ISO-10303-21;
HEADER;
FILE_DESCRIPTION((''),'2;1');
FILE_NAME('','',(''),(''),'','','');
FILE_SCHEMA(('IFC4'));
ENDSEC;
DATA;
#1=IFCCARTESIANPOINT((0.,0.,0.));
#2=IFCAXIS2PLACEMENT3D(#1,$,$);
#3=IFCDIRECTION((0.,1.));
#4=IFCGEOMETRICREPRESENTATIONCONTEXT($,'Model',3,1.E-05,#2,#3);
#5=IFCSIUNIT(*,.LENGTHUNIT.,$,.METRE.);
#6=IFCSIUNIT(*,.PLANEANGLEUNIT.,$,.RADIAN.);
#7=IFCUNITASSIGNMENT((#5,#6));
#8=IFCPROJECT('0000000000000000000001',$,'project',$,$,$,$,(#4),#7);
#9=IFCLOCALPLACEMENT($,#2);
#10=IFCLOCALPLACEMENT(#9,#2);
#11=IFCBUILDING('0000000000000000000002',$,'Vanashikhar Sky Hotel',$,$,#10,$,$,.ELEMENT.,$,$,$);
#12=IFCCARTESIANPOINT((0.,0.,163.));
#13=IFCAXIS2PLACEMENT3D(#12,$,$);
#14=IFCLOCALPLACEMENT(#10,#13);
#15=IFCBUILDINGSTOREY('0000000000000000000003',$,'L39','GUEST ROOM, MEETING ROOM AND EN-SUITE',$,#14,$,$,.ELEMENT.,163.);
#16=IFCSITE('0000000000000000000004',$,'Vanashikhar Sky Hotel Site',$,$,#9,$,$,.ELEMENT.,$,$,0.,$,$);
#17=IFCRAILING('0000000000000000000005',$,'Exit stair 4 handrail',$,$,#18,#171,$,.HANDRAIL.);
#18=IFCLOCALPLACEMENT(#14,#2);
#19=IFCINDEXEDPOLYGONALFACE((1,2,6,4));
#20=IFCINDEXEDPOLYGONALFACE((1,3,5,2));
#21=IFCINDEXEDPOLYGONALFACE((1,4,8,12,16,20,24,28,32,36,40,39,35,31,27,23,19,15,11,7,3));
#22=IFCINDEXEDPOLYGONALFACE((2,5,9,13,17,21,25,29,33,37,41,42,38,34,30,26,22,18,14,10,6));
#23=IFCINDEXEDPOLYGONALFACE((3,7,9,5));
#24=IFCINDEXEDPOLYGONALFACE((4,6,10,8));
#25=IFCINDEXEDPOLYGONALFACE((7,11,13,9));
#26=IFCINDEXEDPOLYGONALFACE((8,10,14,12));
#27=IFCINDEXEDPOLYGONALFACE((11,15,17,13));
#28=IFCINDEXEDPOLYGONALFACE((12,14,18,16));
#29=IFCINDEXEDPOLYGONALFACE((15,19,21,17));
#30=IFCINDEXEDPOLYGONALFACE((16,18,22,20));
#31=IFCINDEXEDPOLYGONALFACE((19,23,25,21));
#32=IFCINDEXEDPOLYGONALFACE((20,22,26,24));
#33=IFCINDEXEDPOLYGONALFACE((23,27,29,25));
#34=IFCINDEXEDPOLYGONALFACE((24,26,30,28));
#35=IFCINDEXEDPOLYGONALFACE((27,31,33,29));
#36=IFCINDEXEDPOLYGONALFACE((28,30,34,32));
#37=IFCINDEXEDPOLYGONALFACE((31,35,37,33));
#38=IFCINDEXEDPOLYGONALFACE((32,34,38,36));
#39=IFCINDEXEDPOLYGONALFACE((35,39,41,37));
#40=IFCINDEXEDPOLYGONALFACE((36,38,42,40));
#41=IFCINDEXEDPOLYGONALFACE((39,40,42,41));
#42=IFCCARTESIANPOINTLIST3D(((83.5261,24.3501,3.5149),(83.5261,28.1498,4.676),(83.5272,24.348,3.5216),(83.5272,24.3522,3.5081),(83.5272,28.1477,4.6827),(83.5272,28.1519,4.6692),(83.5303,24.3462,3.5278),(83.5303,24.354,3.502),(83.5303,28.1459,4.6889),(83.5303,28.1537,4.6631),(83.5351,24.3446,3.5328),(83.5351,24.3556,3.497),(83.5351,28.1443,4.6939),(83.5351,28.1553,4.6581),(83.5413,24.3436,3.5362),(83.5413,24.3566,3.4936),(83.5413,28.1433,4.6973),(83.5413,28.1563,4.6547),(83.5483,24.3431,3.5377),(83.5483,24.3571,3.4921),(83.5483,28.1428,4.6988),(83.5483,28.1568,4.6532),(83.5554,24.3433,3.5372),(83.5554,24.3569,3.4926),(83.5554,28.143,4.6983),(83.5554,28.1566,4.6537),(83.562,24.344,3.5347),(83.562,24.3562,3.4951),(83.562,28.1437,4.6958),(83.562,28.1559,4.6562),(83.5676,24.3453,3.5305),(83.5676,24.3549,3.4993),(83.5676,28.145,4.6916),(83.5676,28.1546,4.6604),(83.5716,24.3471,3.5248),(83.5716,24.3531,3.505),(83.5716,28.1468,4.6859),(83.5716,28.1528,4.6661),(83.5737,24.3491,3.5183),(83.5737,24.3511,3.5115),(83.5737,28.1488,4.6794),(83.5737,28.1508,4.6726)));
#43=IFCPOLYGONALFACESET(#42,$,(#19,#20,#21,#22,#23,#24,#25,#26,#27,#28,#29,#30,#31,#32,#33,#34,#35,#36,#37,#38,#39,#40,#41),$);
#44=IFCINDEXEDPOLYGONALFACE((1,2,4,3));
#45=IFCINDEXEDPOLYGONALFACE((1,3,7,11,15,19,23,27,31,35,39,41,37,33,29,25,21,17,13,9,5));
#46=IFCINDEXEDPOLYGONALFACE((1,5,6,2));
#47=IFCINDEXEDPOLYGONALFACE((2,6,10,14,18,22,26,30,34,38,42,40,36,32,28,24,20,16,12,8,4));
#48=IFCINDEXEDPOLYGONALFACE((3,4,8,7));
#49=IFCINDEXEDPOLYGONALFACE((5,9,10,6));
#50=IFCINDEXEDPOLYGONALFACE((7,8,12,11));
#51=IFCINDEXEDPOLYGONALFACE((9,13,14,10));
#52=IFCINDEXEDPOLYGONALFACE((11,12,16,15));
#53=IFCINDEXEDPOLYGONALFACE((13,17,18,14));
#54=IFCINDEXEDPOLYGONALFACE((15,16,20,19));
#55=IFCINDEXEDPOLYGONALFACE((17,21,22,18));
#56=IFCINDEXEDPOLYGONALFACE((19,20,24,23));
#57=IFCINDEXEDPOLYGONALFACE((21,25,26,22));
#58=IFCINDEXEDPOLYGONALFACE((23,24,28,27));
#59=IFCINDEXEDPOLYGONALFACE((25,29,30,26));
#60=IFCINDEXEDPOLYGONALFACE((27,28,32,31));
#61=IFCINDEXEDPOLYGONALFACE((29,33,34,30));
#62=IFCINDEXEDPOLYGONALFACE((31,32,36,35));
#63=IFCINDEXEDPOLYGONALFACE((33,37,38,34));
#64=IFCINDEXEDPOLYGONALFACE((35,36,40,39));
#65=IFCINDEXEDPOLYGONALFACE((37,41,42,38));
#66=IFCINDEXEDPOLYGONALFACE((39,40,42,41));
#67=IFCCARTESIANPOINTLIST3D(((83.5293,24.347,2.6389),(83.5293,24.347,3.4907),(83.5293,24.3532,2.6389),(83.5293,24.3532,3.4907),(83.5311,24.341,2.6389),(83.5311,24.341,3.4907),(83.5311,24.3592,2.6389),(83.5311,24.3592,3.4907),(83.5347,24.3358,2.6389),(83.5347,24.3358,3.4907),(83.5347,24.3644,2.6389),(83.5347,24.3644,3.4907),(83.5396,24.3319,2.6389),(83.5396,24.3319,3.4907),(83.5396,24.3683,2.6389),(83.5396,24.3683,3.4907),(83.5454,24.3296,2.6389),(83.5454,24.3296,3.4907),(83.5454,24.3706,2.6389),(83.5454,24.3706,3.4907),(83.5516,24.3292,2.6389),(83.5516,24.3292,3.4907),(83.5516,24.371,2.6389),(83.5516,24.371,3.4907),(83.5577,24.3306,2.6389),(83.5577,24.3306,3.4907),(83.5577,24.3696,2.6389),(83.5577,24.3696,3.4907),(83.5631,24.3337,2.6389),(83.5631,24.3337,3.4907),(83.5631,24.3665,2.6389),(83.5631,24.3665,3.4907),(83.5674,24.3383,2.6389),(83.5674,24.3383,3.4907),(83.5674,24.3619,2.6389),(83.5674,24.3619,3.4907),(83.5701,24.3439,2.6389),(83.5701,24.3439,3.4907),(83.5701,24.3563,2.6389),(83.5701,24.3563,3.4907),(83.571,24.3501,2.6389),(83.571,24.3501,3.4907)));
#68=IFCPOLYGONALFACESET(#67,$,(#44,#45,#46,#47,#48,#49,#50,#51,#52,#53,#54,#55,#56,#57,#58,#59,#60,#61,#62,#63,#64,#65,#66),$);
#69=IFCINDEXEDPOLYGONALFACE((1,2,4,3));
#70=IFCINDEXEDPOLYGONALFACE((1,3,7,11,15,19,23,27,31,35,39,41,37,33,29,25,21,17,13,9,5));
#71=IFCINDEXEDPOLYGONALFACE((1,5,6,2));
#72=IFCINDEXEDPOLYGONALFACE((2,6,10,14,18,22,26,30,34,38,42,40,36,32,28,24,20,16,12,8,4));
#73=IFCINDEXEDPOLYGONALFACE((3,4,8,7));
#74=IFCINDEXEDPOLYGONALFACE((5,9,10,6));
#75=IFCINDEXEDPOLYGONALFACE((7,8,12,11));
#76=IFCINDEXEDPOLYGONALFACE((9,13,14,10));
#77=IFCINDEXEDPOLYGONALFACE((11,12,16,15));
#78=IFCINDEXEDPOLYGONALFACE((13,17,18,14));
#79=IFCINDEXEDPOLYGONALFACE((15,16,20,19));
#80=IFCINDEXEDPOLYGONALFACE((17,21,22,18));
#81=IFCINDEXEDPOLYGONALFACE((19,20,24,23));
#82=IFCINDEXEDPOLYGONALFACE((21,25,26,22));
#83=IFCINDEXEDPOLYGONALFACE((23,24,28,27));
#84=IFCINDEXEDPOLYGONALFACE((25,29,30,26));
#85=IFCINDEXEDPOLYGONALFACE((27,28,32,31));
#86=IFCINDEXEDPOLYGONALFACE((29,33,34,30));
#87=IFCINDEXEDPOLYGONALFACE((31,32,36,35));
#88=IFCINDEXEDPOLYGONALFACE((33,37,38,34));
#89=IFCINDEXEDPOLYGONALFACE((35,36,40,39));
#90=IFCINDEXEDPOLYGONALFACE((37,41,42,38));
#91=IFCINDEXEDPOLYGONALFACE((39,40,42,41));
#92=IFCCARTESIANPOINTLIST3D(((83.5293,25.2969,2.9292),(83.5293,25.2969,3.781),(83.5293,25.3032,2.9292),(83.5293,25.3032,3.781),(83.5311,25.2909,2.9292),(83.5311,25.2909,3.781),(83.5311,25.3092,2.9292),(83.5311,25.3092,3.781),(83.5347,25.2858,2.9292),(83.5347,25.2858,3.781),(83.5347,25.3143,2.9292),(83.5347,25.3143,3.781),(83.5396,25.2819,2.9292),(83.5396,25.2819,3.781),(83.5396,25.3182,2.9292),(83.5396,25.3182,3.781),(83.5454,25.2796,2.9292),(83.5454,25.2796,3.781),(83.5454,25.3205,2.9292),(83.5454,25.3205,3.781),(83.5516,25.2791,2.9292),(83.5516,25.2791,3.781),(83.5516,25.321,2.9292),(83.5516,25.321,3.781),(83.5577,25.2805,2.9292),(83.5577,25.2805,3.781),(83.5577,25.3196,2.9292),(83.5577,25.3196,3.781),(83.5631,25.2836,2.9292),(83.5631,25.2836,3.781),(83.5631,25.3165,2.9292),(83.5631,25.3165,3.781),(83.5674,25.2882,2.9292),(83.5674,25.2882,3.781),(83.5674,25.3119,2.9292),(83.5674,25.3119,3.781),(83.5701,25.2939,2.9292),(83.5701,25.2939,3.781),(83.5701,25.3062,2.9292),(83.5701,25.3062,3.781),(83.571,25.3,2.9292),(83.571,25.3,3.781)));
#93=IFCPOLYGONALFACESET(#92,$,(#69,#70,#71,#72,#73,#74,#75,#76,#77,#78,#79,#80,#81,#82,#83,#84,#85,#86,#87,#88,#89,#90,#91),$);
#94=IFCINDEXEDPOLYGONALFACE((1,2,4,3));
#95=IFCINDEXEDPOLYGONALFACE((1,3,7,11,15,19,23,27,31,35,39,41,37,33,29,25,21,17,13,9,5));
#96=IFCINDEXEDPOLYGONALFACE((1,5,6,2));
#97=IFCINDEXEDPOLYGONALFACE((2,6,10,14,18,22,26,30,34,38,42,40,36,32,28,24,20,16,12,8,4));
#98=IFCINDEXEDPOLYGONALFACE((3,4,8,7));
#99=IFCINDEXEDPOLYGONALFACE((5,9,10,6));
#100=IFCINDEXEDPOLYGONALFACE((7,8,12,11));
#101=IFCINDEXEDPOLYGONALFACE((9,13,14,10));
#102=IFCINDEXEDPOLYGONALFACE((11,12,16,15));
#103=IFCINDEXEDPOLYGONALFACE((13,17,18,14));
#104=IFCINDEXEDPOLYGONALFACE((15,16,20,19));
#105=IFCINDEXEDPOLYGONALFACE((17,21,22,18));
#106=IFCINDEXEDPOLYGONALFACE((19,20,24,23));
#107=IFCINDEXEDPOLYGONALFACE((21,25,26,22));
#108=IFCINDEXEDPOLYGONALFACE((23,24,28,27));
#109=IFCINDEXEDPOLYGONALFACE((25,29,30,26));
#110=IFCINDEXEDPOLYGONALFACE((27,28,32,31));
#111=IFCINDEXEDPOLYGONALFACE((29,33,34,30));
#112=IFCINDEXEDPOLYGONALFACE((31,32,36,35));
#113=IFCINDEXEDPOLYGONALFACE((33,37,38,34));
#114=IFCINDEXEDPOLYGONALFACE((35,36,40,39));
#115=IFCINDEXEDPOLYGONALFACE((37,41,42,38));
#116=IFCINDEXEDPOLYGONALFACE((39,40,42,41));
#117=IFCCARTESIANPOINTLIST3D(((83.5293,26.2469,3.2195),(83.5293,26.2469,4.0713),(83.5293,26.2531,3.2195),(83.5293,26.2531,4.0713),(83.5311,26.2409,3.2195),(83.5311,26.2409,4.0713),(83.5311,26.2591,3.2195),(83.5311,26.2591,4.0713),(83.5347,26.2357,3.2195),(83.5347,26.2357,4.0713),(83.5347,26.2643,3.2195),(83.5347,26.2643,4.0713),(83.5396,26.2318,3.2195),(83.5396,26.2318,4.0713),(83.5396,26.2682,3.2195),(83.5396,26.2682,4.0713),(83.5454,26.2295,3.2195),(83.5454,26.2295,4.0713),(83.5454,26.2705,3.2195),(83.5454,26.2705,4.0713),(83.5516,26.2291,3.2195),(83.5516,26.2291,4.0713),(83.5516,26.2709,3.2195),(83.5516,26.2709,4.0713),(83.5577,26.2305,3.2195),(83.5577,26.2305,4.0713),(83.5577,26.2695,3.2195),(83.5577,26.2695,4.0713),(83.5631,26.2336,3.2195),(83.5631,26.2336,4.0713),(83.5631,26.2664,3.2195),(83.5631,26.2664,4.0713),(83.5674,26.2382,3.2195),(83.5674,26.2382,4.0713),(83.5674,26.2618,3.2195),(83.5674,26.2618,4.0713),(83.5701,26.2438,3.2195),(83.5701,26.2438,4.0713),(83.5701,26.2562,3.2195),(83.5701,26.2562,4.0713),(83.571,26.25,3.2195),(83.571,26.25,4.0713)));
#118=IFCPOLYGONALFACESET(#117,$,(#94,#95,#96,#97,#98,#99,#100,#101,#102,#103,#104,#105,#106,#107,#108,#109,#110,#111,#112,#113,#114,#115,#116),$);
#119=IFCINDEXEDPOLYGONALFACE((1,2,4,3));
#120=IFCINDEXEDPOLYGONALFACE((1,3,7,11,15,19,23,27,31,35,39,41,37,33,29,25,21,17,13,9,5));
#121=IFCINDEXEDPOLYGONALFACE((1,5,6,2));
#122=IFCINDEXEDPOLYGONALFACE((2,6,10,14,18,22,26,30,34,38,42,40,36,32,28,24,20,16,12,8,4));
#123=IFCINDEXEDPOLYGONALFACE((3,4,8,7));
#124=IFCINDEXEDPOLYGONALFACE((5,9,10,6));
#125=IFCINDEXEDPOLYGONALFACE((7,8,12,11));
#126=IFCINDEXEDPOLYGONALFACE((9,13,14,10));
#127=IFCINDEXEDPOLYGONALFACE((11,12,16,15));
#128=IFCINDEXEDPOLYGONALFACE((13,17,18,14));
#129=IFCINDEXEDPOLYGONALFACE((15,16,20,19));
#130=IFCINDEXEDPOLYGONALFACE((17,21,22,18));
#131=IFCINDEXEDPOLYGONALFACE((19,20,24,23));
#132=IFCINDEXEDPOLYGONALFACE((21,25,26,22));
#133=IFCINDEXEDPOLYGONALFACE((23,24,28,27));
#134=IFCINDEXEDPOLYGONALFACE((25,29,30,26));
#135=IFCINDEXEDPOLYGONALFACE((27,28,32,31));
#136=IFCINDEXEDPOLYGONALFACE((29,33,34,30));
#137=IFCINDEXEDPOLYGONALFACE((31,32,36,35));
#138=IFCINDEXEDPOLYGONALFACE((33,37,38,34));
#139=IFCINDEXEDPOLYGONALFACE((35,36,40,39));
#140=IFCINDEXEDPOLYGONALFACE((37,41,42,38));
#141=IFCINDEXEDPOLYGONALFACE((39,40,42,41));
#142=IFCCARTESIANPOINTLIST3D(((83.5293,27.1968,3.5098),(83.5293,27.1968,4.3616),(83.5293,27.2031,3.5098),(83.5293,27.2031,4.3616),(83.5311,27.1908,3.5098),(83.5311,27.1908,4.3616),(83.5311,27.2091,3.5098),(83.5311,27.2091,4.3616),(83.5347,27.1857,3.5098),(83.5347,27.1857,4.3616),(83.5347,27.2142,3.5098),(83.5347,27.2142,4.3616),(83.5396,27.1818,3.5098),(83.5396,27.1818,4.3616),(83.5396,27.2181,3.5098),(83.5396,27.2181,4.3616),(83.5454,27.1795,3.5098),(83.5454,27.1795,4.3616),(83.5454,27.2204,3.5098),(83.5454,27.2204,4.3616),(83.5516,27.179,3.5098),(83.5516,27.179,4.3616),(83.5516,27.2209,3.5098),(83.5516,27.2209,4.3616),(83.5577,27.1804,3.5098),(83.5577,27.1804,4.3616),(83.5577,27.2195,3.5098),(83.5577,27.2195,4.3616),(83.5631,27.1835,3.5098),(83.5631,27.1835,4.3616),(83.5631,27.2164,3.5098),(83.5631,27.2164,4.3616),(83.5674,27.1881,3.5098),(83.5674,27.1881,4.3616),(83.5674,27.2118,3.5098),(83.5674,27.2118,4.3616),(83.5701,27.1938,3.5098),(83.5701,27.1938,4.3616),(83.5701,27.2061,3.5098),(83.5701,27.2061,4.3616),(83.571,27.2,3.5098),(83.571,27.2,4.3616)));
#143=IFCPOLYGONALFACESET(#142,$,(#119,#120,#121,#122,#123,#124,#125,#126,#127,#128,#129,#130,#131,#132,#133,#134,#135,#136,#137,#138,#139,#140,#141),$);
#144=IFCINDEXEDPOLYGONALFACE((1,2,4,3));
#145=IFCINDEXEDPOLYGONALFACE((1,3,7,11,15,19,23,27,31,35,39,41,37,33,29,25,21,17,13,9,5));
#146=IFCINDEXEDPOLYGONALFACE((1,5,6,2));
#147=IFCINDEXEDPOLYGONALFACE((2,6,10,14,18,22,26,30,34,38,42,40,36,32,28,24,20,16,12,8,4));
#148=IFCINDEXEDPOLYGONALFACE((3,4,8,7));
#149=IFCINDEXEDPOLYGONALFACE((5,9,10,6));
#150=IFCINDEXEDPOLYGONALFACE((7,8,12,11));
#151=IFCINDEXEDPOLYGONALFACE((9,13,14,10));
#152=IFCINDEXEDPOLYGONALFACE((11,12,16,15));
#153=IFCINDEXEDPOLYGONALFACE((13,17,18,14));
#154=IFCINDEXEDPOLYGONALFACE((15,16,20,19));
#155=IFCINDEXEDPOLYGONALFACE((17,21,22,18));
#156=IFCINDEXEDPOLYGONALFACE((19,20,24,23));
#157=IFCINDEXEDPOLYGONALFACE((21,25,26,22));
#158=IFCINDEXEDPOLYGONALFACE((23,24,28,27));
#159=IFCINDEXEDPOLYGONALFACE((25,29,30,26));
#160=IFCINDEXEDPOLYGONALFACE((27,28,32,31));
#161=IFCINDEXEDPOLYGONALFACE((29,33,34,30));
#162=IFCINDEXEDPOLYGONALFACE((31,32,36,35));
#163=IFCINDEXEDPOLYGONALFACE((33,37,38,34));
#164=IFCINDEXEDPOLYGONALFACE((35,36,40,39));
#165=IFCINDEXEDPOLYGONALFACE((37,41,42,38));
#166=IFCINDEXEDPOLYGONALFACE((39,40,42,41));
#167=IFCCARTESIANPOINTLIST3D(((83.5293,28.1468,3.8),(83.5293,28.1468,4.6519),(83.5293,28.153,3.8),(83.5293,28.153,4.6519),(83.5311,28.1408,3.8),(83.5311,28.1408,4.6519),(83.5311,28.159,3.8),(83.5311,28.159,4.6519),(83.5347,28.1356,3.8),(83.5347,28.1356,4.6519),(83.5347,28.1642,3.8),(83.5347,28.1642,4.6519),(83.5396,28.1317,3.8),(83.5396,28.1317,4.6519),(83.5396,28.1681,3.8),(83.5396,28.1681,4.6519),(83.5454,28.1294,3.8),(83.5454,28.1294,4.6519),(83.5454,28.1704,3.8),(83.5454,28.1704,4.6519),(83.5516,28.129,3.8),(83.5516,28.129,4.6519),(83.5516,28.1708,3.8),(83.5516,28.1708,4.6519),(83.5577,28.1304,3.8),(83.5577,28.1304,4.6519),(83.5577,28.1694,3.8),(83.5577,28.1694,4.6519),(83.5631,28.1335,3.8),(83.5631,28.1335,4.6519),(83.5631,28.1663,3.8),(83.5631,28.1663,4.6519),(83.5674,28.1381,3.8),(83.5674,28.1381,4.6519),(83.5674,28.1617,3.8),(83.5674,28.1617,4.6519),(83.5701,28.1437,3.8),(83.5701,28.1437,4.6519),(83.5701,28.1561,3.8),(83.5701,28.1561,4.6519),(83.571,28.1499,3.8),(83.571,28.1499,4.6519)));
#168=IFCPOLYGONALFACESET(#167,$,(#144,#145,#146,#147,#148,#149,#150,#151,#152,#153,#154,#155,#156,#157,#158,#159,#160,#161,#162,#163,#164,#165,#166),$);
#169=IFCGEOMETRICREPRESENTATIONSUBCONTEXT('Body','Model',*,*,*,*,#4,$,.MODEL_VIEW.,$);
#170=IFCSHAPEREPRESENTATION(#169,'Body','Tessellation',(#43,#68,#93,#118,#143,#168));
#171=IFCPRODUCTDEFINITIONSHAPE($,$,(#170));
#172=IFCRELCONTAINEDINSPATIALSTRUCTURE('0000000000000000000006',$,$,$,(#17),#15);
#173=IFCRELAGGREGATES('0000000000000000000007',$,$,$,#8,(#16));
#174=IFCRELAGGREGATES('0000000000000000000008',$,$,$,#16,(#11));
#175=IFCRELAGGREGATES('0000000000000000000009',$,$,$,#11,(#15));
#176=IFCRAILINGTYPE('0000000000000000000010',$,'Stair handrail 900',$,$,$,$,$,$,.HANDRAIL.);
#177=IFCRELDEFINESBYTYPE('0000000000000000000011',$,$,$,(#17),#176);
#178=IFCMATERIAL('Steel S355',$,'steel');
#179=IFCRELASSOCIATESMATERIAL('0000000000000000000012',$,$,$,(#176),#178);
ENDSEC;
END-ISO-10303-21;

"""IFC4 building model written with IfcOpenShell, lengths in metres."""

from ifc_helpers import new_model, si_unit, direction, frame, origin, origin_2d, place, context, subcontext, project, spatial, circle, extrude, source, transform, mapped, material, type_object, element, save


model = new_model("IFC4")

# Units and contexts
model_context = context("Model", 3, precision=1e-05, world=origin(), true_north=direction((0.0, 1.0)))
body_context = subcontext(model_context, "Body", "Model", "MODEL_VIEW")
ifc_project = project(units=[si_unit("LENGTHUNIT", "METRE"), si_unit("PLANEANGLEUNIT", "RADIAN")], contexts=[model_context])

# Site, building, storey
site_placement = place(None, origin())
site = spatial("IfcSite", under=ifc_project, at=site_placement, Name="Vanashikhar Sky Hotel Site", CompositionType="ELEMENT", RefElevation=0.0)
building_placement = place(site_placement, origin())
building = spatial("IfcBuilding", under=site, at=building_placement, Name="Vanashikhar Sky Hotel", CompositionType="ELEMENT")
storey_placement = place(building_placement, frame((0.0, 0.0, 163.0)))
storey = spatial("IfcBuildingStorey", under=building, at=storey_placement, Name="L39", Description="GUEST ROOM, MEETING ROOM AND EN-SUITE", CompositionType="ELEMENT", Elevation=163.0)

# Railing
ifc_material_1 = material(Name="Steel S355", Category="steel")
railing_type_1 = type_object("IfcRailingType", Name="Stair handrail 900", PredefinedType="HANDRAIL", material=ifc_material_1)
shared_shape_1 = source(origin(), body_context, "Body", "SweptSolid", [
    extrude(circle(Radius=0.0239, at=origin_2d()), frame((0.0, 0.0, 0.876), z_axis=(0.0, 0.956346, 0.292237), x_axis=(-1.0, 0.0, 0.0)), (0.0, 0.0, 1.0), 3.9731),
    extrude(circle(Radius=0.021, at=origin_2d()), origin(), (0.0, 0.0, 1.0), 0.8518),
    extrude(circle(Radius=0.021, at=origin_2d()), frame((0.0, 0.95, 0.2903)), (0.0, 0.0, 1.0), 0.8518),
    extrude(circle(Radius=0.021, at=origin_2d()), frame((0.0, 1.8999, 0.5806)), (0.0, 0.0, 1.0), 0.8518),
    extrude(circle(Radius=0.021, at=origin_2d()), frame((0.0, 2.8499, 0.8708)), (0.0, 0.0, 1.0), 0.8518),
    extrude(circle(Radius=0.021, at=origin_2d()), frame((0.0, 3.7998, 1.1611)), (0.0, 0.0, 1.0), 0.8518),
])
for number, where, name in (
    (1, (83.55, 24.3501, 2.6389), "Exit stair 4 handrail"),
):
    element("IfcRailing", number, at=place(storey_placement, frame(where)), inside=storey, type_object=railing_type_1, Name=name, PredefinedType="HANDRAIL", context=body_context, shape_type="MappedRepresentation", body=[
        mapped(shared_shape_1, transform((0.0, 0.0, 0.0), scale=1.0)),
    ])

save(model, "model.ifc")
